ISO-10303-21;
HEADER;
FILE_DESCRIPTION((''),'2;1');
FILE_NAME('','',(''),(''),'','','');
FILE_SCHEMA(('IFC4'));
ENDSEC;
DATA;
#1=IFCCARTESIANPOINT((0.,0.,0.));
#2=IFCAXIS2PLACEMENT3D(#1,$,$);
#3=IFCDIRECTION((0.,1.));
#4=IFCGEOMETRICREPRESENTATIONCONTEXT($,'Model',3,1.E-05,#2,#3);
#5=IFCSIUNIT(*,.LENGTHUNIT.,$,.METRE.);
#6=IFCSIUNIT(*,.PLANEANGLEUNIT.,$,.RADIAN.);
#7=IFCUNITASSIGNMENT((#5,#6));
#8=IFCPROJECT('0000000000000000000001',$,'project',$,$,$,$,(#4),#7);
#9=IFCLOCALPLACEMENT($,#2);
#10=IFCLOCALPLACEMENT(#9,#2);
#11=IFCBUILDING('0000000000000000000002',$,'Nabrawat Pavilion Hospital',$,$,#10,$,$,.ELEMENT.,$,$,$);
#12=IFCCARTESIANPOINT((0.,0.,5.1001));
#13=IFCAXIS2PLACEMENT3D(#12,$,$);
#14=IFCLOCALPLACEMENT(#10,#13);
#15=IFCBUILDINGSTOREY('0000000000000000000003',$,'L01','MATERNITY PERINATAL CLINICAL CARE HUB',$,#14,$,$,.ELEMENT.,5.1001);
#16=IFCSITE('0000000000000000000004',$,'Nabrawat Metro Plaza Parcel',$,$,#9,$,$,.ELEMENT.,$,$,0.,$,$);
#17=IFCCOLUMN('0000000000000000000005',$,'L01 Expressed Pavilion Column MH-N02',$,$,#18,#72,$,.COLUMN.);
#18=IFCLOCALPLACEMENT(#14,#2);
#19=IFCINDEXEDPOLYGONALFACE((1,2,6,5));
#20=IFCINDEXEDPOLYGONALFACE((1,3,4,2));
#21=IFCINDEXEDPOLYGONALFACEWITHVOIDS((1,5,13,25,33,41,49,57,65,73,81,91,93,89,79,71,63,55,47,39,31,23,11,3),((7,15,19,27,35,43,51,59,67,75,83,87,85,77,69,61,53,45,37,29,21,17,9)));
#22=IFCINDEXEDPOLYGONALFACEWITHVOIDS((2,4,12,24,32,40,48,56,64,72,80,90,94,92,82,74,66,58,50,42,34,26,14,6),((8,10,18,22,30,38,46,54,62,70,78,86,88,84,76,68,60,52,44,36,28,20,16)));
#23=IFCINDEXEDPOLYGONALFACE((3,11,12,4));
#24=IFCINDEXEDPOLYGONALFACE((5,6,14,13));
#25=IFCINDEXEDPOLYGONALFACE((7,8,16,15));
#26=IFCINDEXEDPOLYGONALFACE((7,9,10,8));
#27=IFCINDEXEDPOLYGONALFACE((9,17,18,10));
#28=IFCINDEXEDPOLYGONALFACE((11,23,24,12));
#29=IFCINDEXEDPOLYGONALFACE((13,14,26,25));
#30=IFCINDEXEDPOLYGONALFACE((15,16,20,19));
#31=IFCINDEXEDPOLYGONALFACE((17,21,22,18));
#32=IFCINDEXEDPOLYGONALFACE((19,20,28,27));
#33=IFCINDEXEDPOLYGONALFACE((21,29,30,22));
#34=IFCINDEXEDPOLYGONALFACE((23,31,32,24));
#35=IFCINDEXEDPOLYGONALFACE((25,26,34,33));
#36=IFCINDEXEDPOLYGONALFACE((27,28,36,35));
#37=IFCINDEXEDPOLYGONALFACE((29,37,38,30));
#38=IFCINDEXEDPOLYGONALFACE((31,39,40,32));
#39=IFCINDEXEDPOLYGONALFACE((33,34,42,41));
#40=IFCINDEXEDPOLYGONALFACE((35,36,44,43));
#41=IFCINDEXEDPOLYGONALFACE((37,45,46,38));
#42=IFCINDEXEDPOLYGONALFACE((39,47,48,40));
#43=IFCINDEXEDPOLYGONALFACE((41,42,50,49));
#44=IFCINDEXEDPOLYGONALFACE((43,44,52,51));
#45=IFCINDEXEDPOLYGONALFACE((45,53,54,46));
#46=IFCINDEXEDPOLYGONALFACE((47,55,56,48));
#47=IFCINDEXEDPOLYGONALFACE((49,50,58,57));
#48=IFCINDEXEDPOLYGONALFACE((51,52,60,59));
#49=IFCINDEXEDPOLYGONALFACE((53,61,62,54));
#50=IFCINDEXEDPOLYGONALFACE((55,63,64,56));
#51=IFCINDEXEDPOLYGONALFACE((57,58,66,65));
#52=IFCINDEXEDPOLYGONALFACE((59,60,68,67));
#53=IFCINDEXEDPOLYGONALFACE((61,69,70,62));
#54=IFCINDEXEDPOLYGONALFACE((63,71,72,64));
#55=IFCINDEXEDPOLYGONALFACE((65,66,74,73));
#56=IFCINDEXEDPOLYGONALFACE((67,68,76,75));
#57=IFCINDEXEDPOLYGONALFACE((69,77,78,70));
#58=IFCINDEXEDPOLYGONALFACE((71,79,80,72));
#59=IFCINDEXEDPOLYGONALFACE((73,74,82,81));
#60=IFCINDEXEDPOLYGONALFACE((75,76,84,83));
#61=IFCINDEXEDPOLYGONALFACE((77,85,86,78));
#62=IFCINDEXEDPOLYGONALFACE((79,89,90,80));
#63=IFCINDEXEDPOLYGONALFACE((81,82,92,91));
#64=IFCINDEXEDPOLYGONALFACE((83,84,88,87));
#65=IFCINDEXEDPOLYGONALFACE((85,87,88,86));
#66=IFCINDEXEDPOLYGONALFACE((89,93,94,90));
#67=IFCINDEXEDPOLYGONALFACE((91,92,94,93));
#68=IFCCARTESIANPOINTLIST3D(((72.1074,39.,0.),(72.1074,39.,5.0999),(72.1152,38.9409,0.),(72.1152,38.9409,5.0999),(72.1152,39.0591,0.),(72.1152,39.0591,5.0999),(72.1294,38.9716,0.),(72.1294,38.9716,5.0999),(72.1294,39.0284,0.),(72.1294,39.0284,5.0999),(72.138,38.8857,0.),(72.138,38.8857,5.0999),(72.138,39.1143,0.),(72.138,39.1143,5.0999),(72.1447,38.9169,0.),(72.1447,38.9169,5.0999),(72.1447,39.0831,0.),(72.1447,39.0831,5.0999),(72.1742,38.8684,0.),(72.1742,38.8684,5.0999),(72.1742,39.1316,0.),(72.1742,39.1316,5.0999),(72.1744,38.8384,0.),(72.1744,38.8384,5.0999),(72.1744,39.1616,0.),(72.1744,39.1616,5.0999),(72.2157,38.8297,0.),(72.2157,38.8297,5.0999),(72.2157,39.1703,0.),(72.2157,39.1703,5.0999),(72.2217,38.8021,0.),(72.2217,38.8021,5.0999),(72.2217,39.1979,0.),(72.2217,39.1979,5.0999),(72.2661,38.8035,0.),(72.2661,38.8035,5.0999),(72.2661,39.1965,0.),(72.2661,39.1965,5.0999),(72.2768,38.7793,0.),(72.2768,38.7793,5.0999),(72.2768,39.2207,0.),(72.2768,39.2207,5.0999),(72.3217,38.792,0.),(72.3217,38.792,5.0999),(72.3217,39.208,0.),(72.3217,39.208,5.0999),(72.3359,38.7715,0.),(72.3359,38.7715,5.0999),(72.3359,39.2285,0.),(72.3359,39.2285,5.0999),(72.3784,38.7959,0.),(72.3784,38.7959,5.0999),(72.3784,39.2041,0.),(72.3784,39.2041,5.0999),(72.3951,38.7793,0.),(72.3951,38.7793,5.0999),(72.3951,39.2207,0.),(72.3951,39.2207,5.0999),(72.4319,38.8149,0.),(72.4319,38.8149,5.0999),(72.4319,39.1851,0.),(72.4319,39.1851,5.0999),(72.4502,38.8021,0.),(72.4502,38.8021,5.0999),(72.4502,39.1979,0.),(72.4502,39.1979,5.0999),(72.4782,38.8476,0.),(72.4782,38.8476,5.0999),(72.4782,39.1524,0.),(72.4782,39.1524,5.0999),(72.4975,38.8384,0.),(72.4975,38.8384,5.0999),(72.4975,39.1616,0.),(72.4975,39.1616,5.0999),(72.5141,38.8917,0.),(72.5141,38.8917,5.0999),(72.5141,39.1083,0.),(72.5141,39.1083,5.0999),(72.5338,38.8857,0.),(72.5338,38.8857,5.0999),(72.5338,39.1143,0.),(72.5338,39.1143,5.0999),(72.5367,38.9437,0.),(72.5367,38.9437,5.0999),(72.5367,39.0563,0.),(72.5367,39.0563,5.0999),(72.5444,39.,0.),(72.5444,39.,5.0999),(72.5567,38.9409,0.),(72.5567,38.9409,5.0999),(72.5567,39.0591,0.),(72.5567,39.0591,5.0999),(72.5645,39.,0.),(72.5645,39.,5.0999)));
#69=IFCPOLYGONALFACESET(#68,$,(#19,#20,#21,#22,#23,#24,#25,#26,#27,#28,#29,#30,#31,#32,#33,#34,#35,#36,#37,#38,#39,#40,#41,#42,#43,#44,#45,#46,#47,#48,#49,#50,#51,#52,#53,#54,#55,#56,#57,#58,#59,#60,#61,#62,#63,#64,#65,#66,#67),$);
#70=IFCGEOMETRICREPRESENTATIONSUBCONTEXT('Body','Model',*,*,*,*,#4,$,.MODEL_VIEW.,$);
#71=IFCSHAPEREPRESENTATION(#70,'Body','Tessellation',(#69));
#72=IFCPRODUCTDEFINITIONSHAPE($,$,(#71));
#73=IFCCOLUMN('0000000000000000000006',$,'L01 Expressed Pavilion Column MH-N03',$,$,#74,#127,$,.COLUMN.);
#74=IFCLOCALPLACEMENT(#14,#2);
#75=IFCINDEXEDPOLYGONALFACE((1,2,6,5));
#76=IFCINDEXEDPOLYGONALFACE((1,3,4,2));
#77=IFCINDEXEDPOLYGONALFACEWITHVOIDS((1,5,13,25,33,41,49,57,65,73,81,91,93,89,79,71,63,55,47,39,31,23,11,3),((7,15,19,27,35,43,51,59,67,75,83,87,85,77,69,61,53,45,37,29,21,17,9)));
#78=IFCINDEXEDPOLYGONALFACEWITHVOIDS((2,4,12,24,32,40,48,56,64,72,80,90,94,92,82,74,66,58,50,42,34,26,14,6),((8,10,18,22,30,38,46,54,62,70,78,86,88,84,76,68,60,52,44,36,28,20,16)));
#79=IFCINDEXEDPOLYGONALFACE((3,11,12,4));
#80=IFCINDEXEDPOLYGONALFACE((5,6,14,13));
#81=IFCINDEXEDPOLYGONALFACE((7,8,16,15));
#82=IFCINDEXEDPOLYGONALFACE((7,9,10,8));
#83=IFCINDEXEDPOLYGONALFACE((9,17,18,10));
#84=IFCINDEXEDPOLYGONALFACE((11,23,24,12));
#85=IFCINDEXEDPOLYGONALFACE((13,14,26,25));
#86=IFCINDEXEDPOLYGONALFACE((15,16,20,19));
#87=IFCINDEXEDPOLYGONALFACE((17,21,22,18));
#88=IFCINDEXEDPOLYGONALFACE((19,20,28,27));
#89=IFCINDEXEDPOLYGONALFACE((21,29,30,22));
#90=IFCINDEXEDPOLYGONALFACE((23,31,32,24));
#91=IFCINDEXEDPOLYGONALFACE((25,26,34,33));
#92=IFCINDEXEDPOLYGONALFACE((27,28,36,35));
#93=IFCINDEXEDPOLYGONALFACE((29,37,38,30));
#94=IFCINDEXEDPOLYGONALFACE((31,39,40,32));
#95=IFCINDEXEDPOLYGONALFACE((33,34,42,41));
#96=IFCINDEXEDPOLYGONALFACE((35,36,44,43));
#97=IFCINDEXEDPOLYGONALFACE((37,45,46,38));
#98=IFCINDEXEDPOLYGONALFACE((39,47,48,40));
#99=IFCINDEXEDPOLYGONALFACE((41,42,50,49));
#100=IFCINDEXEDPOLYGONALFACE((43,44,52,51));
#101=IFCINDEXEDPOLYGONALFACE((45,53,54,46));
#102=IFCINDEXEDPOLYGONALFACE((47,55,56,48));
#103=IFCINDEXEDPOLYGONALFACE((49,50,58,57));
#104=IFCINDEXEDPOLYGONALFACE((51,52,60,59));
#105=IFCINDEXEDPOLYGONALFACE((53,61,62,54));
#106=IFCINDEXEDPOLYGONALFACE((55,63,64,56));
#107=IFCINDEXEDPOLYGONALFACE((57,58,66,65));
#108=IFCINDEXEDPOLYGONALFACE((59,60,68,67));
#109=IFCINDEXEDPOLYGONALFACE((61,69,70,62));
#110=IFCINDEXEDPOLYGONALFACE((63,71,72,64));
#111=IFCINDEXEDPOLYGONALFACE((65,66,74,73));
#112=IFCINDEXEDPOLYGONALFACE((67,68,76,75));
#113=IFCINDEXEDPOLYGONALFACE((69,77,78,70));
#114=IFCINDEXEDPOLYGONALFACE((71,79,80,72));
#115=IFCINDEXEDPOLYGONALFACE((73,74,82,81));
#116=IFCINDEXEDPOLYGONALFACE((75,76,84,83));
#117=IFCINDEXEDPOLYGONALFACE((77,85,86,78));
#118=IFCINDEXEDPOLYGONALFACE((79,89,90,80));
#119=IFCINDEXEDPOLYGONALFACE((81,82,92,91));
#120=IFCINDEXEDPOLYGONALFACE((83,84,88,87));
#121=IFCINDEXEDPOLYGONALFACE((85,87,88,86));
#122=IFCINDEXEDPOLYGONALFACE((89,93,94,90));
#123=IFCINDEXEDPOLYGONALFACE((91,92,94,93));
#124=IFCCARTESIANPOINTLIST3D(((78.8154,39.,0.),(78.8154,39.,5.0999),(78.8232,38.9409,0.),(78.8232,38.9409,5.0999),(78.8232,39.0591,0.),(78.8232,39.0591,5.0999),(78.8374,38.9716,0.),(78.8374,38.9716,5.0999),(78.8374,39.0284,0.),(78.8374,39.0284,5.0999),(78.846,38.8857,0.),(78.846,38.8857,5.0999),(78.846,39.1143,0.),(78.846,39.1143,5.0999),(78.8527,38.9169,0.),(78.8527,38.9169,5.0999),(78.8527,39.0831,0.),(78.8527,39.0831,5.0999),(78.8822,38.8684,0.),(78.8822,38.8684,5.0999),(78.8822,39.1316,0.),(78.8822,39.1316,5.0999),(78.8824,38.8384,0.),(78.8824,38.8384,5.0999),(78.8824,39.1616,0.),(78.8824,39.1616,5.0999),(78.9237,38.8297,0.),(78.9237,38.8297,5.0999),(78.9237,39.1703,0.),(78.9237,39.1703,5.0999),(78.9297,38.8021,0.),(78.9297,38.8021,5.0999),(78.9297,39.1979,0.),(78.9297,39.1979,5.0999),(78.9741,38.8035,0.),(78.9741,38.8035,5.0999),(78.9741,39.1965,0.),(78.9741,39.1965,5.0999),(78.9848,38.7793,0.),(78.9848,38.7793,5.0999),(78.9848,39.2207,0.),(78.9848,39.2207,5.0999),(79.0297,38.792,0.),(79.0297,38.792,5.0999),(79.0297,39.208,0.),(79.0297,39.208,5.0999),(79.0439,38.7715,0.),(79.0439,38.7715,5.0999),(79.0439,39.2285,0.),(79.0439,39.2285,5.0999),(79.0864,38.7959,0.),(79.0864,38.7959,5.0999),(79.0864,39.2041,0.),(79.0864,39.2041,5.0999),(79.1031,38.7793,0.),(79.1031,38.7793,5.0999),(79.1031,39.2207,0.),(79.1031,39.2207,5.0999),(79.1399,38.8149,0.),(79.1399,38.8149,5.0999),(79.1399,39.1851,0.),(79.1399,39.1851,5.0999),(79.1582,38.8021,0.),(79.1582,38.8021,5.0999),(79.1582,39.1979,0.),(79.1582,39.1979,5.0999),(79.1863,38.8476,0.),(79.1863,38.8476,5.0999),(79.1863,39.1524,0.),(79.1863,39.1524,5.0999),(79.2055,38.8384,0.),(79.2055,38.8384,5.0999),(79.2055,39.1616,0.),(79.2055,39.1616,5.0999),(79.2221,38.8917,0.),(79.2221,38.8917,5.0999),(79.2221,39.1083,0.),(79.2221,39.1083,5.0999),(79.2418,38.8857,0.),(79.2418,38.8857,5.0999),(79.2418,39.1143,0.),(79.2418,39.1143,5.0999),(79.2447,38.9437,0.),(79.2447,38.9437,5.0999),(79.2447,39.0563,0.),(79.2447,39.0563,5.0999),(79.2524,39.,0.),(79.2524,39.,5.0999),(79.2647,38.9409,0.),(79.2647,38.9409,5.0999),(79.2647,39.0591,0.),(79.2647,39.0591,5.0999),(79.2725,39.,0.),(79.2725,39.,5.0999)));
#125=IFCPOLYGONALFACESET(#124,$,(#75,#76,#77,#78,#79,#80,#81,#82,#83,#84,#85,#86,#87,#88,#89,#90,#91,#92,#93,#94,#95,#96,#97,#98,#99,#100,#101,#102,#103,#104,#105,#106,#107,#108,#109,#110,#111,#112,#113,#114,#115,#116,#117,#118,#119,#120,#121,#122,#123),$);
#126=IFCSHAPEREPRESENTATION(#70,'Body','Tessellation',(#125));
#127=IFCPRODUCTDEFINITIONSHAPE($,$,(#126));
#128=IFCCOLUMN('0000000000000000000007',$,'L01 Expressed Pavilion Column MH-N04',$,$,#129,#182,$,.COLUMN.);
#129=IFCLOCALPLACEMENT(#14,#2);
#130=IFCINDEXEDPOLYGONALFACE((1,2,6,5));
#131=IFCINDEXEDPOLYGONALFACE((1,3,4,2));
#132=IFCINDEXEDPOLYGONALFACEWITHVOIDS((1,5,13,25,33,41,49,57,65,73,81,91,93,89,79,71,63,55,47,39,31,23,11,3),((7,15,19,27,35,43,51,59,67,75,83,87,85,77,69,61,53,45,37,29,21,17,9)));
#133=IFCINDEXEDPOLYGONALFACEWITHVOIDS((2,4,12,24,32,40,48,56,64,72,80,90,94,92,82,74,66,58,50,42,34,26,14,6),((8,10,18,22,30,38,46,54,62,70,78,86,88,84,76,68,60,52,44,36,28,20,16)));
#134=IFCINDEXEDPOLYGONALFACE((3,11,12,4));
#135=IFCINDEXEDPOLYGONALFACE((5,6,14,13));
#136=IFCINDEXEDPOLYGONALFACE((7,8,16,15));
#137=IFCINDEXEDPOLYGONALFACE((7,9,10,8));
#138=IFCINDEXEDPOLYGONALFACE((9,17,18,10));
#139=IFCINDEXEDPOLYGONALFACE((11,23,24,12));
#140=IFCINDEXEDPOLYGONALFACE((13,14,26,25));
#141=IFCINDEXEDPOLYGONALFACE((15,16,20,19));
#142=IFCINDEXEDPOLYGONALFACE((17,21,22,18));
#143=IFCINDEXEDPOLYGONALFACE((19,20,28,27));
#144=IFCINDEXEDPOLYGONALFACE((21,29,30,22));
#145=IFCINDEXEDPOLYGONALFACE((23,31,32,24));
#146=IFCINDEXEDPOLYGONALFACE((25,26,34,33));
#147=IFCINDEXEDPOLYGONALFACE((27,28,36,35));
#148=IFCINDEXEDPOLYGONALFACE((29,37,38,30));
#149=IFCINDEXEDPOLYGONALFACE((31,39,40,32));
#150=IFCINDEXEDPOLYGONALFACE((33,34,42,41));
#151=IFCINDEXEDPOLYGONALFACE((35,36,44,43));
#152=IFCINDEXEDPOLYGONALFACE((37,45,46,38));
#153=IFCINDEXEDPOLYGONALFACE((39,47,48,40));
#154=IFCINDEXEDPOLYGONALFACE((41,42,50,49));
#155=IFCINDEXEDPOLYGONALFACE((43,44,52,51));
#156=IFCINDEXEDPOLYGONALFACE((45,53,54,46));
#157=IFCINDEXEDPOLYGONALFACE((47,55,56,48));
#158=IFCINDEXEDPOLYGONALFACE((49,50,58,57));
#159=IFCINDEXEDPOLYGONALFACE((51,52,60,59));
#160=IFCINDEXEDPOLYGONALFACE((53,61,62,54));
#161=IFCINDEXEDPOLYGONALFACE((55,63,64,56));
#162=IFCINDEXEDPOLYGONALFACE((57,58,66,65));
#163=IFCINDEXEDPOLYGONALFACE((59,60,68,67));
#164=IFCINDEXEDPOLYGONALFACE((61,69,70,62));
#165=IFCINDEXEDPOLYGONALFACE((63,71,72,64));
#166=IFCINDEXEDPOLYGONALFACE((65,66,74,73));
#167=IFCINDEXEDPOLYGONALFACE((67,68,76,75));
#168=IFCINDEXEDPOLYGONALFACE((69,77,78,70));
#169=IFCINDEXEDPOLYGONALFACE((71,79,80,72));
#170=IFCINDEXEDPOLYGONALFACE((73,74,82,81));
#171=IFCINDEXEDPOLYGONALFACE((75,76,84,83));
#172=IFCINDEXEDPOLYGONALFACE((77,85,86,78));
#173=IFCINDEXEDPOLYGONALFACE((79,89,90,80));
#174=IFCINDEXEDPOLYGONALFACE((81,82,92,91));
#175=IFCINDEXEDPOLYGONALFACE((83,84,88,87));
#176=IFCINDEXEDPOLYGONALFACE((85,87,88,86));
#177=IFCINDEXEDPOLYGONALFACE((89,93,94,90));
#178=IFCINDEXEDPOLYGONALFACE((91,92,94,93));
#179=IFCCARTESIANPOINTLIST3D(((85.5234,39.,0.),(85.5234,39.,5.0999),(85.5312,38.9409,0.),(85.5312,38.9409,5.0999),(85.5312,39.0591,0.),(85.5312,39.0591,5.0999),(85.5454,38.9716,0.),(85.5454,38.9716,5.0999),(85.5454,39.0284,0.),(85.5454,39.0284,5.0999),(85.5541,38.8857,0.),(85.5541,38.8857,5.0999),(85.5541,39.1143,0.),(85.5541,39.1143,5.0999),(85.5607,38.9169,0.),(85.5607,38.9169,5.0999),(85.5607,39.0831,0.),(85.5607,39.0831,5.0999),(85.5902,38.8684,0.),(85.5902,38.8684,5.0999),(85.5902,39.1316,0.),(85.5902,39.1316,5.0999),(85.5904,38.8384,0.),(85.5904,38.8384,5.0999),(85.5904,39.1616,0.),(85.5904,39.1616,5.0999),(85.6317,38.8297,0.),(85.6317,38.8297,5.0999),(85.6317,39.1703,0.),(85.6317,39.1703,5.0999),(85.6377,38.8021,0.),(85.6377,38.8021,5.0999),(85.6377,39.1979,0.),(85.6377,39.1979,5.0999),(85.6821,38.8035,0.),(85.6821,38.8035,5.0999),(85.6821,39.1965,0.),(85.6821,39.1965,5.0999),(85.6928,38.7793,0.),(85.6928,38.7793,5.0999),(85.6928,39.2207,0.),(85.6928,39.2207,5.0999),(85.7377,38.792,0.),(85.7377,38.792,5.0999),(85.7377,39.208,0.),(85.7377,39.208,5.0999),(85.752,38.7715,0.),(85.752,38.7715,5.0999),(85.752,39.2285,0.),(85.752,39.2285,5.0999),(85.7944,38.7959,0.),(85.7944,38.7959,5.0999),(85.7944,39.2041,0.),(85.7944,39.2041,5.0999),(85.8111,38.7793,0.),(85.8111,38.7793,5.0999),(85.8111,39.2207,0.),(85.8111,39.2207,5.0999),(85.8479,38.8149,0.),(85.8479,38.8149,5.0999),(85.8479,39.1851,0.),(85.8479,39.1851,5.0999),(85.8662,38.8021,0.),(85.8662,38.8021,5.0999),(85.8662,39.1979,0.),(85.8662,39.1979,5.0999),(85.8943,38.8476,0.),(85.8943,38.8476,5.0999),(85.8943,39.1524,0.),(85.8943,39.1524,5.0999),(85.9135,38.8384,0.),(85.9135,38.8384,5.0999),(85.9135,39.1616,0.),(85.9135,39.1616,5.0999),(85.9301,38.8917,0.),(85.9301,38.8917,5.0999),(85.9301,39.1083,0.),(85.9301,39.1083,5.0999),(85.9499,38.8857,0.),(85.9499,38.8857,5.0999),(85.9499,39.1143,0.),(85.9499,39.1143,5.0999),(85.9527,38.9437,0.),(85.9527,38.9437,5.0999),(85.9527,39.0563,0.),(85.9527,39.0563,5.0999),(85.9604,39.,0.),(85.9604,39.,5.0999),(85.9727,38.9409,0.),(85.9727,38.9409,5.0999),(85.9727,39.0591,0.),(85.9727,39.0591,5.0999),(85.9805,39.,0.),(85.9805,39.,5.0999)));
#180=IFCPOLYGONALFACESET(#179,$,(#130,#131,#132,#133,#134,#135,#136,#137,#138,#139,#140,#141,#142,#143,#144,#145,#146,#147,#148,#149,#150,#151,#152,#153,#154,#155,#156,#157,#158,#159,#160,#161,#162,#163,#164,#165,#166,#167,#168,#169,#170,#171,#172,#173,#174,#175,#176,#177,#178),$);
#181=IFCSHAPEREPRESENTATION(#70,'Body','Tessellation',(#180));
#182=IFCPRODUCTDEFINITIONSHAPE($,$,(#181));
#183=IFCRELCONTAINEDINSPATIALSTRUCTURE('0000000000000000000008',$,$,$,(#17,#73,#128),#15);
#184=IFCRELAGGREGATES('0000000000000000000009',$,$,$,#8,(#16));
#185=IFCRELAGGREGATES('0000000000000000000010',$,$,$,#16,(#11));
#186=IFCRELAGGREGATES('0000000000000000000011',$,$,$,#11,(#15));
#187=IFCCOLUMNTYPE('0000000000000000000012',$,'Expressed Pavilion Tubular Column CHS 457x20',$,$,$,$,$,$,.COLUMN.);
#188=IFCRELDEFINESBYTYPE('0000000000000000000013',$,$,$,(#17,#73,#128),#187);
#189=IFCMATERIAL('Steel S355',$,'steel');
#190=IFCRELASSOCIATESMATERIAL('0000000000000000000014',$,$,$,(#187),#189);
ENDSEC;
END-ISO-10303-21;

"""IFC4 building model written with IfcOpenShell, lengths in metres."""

from ifc_helpers import new_model, si_unit, direction, frame, origin, origin_2d, place, context, subcontext, project, spatial, hollow_circle, extrude, material, material_profile, profile_set, type_object, element, save


model = new_model("IFC4")

# Units and contexts
model_context = context("Model", 3, precision=1e-05, world=origin(), true_north=direction((0.0, 1.0)))
body_context = subcontext(model_context, "Body", "Model", "MODEL_VIEW")
ifc_project = project(units=[si_unit("LENGTHUNIT", "METRE"), si_unit("PLANEANGLEUNIT", "RADIAN")], contexts=[model_context])

# Site, building, storey
site_placement = place(None, origin())
site = spatial("IfcSite", under=ifc_project, at=site_placement, Name="Nabrawat Metro Plaza Parcel", CompositionType="ELEMENT", RefElevation=0.0)
building_placement = place(site_placement, origin())
building = spatial("IfcBuilding", under=site, at=building_placement, Name="Nabrawat Pavilion Hospital", CompositionType="ELEMENT")
storey_placement = place(building_placement, frame((0.0, 0.0, 5.1001)))
storey = spatial("IfcBuildingStorey", under=building, at=storey_placement, Name="L01", Description="MATERNITY PERINATAL CLINICAL CARE HUB", CompositionType="ELEMENT", Elevation=5.1001)

# Columns
ifc_material_1 = material(Name="Steel S355", Category="steel")
ifc_material_profile_1 = material_profile(ifc_material_1, hollow_circle(Radius=0.2285, WallThickness=0.02, at=origin_2d()), Name="CHS 457x20")
ifc_profile_set_1 = profile_set([ifc_material_profile_1], Name="Steel S355")
column_type = type_object("IfcColumnType", Name="Expressed Pavilion Tubular Column CHS 457x20", PredefinedType="COLUMN", material=ifc_profile_set_1)
for number, where, z_axis, x_axis, name in (
    (1, (72.3359, 39.0, 0.0), (0.0, 0.0, 1.0), (1.0, 0.0, 0.0), "L01 Expressed Pavilion Column MH-N02"),
    (2, (79.0439, 39.0, 0.0), (0.0, 0.0, 1.0), (1.0, 0.0, 0.0), "L01 Expressed Pavilion Column MH-N03"),
    (3, (85.752, 39.0, 0.0), (0.0, 0.0, 1.0), (1.0, 0.0, 0.0), "L01 Expressed Pavilion Column MH-N04"),
):
    element("IfcColumn", number, at=place(storey_placement, frame(where, z_axis=z_axis, x_axis=x_axis)), inside=storey, type_object=column_type, Name=name, PredefinedType="COLUMN", context=body_context, shape_type="SweptSolid", body=[
        extrude(hollow_circle(Radius=0.2285, WallThickness=0.02, at=origin_2d()), origin(), (0.0, 0.0, 1.0), 5.0999),
    ])

save(model, "model.ifc")
